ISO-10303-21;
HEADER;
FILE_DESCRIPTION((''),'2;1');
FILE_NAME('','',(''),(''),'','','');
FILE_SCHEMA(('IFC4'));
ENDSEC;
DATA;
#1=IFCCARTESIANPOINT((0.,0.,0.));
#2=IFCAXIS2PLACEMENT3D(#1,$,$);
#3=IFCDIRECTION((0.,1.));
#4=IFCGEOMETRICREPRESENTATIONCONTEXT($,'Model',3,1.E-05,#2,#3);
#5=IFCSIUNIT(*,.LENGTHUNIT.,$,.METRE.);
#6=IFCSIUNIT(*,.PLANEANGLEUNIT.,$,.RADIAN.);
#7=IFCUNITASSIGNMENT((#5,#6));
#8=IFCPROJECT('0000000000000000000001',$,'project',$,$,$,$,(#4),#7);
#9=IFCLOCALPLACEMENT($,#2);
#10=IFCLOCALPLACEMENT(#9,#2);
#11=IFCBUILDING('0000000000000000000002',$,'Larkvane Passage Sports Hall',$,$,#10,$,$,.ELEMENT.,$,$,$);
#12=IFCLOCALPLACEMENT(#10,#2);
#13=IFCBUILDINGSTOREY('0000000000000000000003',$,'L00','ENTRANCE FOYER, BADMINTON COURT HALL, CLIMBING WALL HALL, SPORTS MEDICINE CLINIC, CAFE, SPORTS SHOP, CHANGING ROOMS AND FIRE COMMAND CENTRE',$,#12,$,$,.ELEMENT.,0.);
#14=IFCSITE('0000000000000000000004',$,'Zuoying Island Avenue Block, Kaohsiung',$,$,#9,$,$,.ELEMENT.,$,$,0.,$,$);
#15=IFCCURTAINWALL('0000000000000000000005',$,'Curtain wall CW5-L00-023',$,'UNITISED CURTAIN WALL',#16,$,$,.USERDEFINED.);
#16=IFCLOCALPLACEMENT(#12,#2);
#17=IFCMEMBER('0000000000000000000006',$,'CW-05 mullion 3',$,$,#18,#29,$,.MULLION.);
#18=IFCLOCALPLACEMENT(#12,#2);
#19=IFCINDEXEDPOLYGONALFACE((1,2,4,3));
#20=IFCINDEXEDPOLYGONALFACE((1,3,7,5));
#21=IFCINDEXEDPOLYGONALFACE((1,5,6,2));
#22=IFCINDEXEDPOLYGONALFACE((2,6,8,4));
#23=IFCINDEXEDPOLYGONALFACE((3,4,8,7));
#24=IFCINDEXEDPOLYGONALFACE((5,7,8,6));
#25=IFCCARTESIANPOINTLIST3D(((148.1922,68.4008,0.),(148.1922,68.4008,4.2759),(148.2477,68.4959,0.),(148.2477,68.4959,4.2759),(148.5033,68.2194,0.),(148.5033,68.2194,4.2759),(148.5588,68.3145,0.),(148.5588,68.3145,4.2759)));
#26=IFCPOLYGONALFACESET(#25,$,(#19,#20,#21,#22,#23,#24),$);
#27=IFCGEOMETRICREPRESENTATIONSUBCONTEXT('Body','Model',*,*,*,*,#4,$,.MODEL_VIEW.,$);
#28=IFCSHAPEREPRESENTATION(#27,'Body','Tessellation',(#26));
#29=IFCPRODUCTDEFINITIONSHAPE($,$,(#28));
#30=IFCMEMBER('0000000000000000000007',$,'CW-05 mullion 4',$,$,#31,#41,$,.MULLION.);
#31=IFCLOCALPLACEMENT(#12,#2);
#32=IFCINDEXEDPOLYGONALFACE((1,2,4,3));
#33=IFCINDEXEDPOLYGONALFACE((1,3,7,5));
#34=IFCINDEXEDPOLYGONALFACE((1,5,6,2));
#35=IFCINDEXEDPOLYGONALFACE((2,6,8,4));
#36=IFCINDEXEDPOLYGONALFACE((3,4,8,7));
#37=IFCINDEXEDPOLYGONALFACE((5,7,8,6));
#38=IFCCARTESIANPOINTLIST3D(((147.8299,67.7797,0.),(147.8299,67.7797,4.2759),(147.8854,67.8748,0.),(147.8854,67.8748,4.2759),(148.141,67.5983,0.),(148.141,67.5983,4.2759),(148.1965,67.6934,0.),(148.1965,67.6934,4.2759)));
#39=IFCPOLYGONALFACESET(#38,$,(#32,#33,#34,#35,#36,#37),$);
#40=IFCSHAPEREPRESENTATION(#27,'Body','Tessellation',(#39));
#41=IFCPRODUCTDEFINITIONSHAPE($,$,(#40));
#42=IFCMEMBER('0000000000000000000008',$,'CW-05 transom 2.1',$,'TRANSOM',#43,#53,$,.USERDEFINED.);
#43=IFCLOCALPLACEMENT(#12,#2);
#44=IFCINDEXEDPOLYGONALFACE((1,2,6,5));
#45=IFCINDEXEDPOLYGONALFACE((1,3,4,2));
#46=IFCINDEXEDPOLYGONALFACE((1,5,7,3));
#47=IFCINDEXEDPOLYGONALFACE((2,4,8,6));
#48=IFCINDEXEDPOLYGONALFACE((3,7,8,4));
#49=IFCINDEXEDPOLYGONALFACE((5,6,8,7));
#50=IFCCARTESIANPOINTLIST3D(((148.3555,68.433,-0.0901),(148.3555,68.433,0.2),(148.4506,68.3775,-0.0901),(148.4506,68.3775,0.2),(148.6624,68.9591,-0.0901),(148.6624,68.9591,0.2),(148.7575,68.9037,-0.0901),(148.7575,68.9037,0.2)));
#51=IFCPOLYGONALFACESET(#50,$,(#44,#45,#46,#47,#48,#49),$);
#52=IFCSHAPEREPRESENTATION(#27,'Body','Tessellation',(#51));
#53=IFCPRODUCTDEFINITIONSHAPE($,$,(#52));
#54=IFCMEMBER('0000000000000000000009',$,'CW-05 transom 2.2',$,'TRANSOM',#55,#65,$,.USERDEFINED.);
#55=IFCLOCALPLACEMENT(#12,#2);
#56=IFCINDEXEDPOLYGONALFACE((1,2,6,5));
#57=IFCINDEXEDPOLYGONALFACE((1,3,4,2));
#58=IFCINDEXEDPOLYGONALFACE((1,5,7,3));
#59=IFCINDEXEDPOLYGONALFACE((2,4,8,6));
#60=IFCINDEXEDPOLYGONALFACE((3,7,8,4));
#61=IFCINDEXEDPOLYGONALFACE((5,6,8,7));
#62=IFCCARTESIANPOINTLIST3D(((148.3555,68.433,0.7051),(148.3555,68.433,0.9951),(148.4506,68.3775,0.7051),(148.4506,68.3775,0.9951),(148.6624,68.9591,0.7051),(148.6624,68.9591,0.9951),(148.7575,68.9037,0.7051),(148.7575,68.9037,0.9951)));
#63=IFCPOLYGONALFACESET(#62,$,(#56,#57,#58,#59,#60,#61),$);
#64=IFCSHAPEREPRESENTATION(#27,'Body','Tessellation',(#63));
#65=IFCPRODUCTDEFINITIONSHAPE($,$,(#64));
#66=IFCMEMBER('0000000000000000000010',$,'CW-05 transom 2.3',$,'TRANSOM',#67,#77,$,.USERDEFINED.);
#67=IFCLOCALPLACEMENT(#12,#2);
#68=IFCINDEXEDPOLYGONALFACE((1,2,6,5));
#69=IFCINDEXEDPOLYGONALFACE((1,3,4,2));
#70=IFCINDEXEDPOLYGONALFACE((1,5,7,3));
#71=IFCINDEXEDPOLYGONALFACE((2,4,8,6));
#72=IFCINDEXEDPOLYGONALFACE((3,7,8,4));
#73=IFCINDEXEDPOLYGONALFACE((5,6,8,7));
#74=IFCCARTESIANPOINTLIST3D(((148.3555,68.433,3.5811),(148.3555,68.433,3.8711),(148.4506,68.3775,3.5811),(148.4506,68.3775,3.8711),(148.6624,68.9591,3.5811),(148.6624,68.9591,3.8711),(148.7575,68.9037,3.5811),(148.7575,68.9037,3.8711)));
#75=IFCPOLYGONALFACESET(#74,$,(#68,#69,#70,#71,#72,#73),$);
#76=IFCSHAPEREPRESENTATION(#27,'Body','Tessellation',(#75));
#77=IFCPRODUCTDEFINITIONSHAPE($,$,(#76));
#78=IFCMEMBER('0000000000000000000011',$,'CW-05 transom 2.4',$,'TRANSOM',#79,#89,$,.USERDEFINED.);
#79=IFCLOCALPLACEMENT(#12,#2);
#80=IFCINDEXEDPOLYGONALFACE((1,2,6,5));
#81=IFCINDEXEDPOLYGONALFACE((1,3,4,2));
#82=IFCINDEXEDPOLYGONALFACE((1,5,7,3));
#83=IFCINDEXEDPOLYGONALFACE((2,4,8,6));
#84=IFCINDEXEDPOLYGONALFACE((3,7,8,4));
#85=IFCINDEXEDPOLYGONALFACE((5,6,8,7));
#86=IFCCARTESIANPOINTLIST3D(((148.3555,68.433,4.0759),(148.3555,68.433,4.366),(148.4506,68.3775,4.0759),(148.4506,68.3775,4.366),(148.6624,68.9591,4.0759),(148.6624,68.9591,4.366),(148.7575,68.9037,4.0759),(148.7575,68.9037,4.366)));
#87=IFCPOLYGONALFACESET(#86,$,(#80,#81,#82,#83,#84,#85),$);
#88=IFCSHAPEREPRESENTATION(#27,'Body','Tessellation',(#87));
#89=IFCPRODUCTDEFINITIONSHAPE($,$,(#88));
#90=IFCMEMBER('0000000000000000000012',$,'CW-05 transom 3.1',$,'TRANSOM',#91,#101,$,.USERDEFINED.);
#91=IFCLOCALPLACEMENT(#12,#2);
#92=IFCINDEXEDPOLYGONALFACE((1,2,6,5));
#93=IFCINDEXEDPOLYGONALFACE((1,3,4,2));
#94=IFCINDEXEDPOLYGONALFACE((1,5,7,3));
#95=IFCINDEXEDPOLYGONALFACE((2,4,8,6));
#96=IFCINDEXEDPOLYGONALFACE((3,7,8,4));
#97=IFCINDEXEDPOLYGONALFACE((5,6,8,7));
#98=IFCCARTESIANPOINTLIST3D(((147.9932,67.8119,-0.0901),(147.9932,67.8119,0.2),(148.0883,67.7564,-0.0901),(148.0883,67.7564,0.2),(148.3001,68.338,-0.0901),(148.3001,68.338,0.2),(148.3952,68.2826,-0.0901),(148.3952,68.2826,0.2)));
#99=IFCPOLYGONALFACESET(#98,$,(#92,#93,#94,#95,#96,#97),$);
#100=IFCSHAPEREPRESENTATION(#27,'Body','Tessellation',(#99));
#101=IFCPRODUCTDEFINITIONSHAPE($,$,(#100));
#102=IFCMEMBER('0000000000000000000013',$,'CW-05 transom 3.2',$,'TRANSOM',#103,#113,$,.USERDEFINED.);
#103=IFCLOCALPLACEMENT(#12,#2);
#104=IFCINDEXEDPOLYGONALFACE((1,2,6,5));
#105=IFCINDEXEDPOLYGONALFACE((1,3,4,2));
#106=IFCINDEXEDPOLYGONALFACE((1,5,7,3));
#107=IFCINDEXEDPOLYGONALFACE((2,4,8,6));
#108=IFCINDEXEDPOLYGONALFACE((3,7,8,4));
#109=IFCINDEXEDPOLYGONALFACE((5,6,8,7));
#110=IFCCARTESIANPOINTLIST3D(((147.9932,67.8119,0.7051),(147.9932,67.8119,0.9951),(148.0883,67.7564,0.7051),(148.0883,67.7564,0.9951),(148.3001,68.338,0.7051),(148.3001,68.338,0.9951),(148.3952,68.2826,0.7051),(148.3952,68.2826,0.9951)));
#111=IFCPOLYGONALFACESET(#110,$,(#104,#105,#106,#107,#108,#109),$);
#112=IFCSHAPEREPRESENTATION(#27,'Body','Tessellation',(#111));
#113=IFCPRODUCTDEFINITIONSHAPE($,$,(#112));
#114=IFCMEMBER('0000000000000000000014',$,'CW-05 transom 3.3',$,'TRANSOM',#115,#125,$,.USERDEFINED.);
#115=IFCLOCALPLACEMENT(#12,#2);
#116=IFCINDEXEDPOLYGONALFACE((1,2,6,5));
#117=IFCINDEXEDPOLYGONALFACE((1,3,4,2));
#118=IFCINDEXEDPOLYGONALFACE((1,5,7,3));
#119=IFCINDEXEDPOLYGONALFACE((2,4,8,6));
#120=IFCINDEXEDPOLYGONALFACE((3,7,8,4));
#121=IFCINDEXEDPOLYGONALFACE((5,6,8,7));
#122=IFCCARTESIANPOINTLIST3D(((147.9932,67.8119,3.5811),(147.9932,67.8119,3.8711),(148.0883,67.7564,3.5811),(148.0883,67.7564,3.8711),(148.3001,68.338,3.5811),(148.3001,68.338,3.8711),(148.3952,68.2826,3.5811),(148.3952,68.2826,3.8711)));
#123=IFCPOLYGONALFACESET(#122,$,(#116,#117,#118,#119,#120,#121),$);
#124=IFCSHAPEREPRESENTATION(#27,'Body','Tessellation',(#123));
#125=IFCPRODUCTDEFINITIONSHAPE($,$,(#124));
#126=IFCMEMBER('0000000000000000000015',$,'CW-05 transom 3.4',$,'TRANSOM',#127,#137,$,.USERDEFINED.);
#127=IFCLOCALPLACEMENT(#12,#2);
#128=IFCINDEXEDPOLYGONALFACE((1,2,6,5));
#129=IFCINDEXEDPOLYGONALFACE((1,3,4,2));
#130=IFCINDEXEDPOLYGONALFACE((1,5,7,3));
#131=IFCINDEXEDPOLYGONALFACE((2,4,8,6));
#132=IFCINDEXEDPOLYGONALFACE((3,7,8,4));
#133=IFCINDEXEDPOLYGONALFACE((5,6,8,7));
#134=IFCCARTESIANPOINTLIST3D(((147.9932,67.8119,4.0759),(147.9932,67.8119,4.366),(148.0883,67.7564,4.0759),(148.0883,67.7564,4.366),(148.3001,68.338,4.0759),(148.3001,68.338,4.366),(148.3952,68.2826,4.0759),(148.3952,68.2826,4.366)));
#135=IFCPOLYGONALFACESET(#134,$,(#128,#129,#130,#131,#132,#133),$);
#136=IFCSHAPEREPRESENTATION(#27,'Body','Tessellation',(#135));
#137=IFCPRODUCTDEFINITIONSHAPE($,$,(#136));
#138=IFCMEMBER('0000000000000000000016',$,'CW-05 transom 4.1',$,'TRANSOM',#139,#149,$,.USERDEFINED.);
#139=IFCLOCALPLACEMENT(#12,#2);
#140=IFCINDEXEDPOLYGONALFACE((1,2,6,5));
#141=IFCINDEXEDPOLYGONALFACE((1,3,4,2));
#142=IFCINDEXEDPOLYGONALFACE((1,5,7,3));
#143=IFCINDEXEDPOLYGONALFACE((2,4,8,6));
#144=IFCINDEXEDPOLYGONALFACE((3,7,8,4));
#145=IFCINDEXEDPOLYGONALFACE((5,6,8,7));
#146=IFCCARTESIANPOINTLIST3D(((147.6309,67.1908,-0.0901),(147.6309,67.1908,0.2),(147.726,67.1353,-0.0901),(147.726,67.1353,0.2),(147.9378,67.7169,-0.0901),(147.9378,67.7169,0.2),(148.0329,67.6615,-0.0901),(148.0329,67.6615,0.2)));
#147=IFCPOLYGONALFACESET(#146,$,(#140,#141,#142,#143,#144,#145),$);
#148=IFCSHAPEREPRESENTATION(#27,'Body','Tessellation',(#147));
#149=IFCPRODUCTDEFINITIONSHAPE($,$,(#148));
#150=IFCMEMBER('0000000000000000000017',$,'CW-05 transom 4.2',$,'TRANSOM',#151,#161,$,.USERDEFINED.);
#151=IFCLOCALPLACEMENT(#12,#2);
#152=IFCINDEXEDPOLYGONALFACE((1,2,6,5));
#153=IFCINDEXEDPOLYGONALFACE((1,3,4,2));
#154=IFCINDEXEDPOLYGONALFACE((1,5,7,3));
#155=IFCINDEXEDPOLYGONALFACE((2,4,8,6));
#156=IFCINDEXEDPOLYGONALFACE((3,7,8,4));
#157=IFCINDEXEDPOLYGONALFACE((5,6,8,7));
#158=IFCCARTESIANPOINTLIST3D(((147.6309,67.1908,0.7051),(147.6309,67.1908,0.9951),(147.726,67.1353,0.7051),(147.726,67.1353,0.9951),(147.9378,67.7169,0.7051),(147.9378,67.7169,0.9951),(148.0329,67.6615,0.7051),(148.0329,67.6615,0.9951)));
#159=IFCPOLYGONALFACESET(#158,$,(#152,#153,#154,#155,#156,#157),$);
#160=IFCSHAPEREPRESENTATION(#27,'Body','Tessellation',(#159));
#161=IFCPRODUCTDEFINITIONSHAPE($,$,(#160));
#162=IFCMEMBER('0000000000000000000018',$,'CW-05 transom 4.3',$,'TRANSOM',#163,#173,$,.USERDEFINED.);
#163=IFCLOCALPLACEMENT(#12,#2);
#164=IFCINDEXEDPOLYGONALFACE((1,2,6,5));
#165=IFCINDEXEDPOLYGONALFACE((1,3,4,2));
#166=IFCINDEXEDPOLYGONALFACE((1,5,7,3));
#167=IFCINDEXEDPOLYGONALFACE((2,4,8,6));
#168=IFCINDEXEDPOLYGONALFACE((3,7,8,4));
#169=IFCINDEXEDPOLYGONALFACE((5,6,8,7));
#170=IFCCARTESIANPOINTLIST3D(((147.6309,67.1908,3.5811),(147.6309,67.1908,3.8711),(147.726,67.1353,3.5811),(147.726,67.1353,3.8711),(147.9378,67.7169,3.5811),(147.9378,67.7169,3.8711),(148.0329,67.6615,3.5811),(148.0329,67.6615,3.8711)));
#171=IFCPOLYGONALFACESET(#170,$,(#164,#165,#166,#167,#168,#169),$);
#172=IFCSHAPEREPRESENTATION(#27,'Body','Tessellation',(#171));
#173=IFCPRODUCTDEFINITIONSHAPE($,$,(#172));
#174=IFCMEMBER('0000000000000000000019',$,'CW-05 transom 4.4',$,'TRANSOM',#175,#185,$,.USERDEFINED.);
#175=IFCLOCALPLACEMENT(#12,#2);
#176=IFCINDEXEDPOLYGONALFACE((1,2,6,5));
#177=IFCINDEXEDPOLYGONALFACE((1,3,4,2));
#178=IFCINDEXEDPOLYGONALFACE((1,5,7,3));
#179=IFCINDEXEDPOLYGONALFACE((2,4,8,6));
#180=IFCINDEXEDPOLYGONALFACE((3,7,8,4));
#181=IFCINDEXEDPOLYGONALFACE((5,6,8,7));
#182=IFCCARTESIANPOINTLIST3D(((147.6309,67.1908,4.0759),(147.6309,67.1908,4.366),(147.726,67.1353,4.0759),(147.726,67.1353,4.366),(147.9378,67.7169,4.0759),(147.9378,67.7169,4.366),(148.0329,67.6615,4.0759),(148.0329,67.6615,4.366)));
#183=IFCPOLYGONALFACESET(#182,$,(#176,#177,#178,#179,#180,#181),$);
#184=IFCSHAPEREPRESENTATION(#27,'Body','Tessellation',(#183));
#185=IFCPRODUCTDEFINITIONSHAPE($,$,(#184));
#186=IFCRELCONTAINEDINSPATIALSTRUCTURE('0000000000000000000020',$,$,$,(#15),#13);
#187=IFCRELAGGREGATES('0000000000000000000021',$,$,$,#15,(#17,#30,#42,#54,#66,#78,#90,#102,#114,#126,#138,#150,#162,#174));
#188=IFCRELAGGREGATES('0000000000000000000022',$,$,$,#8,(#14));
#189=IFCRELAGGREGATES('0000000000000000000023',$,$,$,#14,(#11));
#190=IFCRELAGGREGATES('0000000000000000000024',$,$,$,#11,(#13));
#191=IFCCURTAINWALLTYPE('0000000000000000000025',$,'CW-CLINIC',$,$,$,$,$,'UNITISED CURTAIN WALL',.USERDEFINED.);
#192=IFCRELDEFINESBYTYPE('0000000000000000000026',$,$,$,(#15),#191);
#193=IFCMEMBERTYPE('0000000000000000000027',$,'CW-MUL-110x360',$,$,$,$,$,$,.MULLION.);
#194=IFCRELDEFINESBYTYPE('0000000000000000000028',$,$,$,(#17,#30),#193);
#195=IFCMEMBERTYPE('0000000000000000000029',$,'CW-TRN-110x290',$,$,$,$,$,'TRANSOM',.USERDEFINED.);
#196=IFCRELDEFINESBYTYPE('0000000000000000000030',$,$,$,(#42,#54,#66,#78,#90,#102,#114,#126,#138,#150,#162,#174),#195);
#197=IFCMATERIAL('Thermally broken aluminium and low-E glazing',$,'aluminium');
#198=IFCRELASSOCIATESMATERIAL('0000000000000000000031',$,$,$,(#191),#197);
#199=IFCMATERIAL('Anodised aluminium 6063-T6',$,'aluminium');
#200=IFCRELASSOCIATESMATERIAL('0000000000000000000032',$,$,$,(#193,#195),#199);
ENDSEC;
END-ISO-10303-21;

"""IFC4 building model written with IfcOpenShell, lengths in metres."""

from ifc_helpers import new_model, si_unit, direction, frame, origin, origin_2d, place, context, subcontext, project, spatial, rectangle, extrude, material, material_profile, profile_set, type_object, element, aggregate, save


model = new_model("IFC4")

# Units and contexts
model_context = context("Model", 3, precision=1e-05, world=origin(), true_north=direction((0.0, 1.0)))
body_context = subcontext(model_context, "Body", "Model", "MODEL_VIEW")
ifc_project = project(units=[si_unit("LENGTHUNIT", "METRE"), si_unit("PLANEANGLEUNIT", "RADIAN")], contexts=[model_context])

# Site, building, storey
site_placement = place(None, origin())
site = spatial("IfcSite", under=ifc_project, at=site_placement, Name="Zuoying Island Avenue Block, Kaohsiung", CompositionType="ELEMENT", RefElevation=0.0)
building_placement = place(site_placement, origin())
building = spatial("IfcBuilding", under=site, at=building_placement, Name="Larkvane Passage Sports Hall", CompositionType="ELEMENT")
storey_placement = place(building_placement, origin())
storey = spatial("IfcBuildingStorey", under=building, at=storey_placement, Name="L00", Description="ENTRANCE FOYER, BADMINTON COURT HALL, CLIMBING WALL HALL, SPORTS MEDICINE CLINIC, CAFE, SPORTS SHOP, CHANGING ROOMS AND FIRE COMMAND CENTRE", CompositionType="ELEMENT", Elevation=0.0)

# Curtain wall, members
ifc_material_1 = material(Name="Thermally broken aluminium and low-E glazing", Category="aluminium")
curtain_wall_type = type_object("IfcCurtainWallType", Name="CW-CLINIC", ElementType="UNITISED CURTAIN WALL", PredefinedType="USERDEFINED", material=ifc_material_1)
curtain_wall_placement = place(storey_placement, origin())
curtain_wall = element("IfcCurtainWall", 1, at=curtain_wall_placement, inside=storey, type_object=curtain_wall_type, Name="Curtain wall CW5-L00-023", ObjectType="UNITISED CURTAIN WALL", PredefinedType="USERDEFINED")
ifc_material_2 = material(Name="Anodised aluminium 6063-T6", Category="aluminium")
ifc_material_profile_1 = material_profile(ifc_material_2, rectangle(XDim=0.1101, YDim=0.3601, at=origin_2d()), Name="ALU-MUL-110x360")
ifc_profile_set_1 = profile_set([ifc_material_profile_1], Name="Anodised aluminium 6063-T6")
member_type_1 = type_object("IfcMemberType", Name="CW-MUL-110x360", PredefinedType="MULLION", material=ifc_profile_set_1)
member_1_placement = place(storey_placement, frame((148.3755, 68.3577, 0.0), z_axis=(0.0, 0.0, 1.0), x_axis=(-0.503867, -0.863781, 0.0)))
member_1 = element("IfcMember", 2, at=member_1_placement, type_object=member_type_1, Name="CW-05 mullion 3", PredefinedType="MULLION", context=body_context, shape_type="SweptSolid", body=[
    extrude(rectangle(XDim=0.1101, YDim=0.3601, at=origin_2d()), origin(), (0.0, 0.0, 1.0), 4.2759),
])
member_2_placement = place(storey_placement, frame((148.0132, 67.7366, 0.0), z_axis=(0.0, 0.0, 1.0), x_axis=(-0.503867, -0.863781, 0.0)))
member_2 = element("IfcMember", 3, at=member_2_placement, type_object=member_type_1, Name="CW-05 mullion 4", PredefinedType="MULLION", context=body_context, shape_type="SweptSolid", body=[
    extrude(rectangle(XDim=0.1101, YDim=0.3601, at=origin_2d()), origin(), (0.0, 0.0, 1.0), 4.2759),
])
ifc_material_profile_2 = material_profile(ifc_material_2, rectangle(XDim=0.1101, YDim=0.29, at=origin_2d()), Name="ALU-TRN-110x290")
ifc_profile_set_2 = profile_set([ifc_material_profile_2], Name="Anodised aluminium 6063-T6")
member_type_2 = type_object("IfcMemberType", Name="CW-TRN-110x290", ElementType="TRANSOM", PredefinedType="USERDEFINED", material=ifc_profile_set_2)
member_3_placement = place(storey_placement, frame((148.71, 68.9314, 0.0549), z_axis=(-0.503846, -0.863793, 0.0), x_axis=(0.863793, -0.503846, 0.0)))
member_3 = element("IfcMember", 4, at=member_3_placement, type_object=member_type_2, Name="CW-05 transom 2.1", ObjectType="TRANSOM", PredefinedType="USERDEFINED", context=body_context, shape_type="SweptSolid", body=[
    extrude(rectangle(XDim=0.1101, YDim=0.29, at=origin_2d()), origin(), (0.0, 0.0, 1.0), 0.6091),
])
member_4_placement = place(storey_placement, frame((148.71, 68.9314, 0.8501), z_axis=(-0.503846, -0.863793, 0.0), x_axis=(0.863793, -0.503846, 0.0)))
member_4 = element("IfcMember", 5, at=member_4_placement, type_object=member_type_2, Name="CW-05 transom 2.2", ObjectType="TRANSOM", PredefinedType="USERDEFINED", context=body_context, shape_type="SweptSolid", body=[
    extrude(rectangle(XDim=0.1101, YDim=0.29, at=origin_2d()), origin(), (0.0, 0.0, 1.0), 0.6091),
])
member_5_placement = place(storey_placement, frame((148.71, 68.9314, 3.7261), z_axis=(-0.503846, -0.863793, 0.0), x_axis=(0.863793, -0.503846, 0.0)))
member_5 = element("IfcMember", 6, at=member_5_placement, type_object=member_type_2, Name="CW-05 transom 2.3", ObjectType="TRANSOM", PredefinedType="USERDEFINED", context=body_context, shape_type="SweptSolid", body=[
    extrude(rectangle(XDim=0.1101, YDim=0.29, at=origin_2d()), origin(), (0.0, 0.0, 1.0), 0.6091),
])
member_6_placement = place(storey_placement, frame((148.71, 68.9314, 4.2209), z_axis=(-0.503846, -0.863793, 0.0), x_axis=(0.863793, -0.503846, 0.0)))
member_6 = element("IfcMember", 7, at=member_6_placement, type_object=member_type_2, Name="CW-05 transom 2.4", ObjectType="TRANSOM", PredefinedType="USERDEFINED", context=body_context, shape_type="SweptSolid", body=[
    extrude(rectangle(XDim=0.1101, YDim=0.29, at=origin_2d()), origin(), (0.0, 0.0, 1.0), 0.6091),
])
member_7_placement = place(storey_placement, frame((148.3477, 68.3103, 0.0549), z_axis=(-0.503846, -0.863793, 0.0), x_axis=(0.863793, -0.503846, 0.0)))
member_7 = element("IfcMember", 8, at=member_7_placement, type_object=member_type_2, Name="CW-05 transom 3.1", ObjectType="TRANSOM", PredefinedType="USERDEFINED", context=body_context, shape_type="SweptSolid", body=[
    extrude(rectangle(XDim=0.1101, YDim=0.29, at=origin_2d()), origin(), (0.0, 0.0, 1.0), 0.6091),
])
member_8_placement = place(storey_placement, frame((148.3477, 68.3103, 0.8501), z_axis=(-0.503846, -0.863793, 0.0), x_axis=(0.863793, -0.503846, 0.0)))
member_8 = element("IfcMember", 9, at=member_8_placement, type_object=member_type_2, Name="CW-05 transom 3.2", ObjectType="TRANSOM", PredefinedType="USERDEFINED", context=body_context, shape_type="SweptSolid", body=[
    extrude(rectangle(XDim=0.1101, YDim=0.29, at=origin_2d()), origin(), (0.0, 0.0, 1.0), 0.6091),
])
member_9_placement = place(storey_placement, frame((148.3477, 68.3103, 3.7261), z_axis=(-0.503846, -0.863793, 0.0), x_axis=(0.863793, -0.503846, 0.0)))
member_9 = element("IfcMember", 10, at=member_9_placement, type_object=member_type_2, Name="CW-05 transom 3.3", ObjectType="TRANSOM", PredefinedType="USERDEFINED", context=body_context, shape_type="SweptSolid", body=[
    extrude(rectangle(XDim=0.1101, YDim=0.29, at=origin_2d()), origin(), (0.0, 0.0, 1.0), 0.6091),
])
member_10_placement = place(storey_placement, frame((148.3477, 68.3103, 4.2209), z_axis=(-0.503846, -0.863793, 0.0), x_axis=(0.863793, -0.503846, 0.0)))
member_10 = element("IfcMember", 11, at=member_10_placement, type_object=member_type_2, Name="CW-05 transom 3.4", ObjectType="TRANSOM", PredefinedType="USERDEFINED", context=body_context, shape_type="SweptSolid", body=[
    extrude(rectangle(XDim=0.1101, YDim=0.29, at=origin_2d()), origin(), (0.0, 0.0, 1.0), 0.6091),
])
member_11_placement = place(storey_placement, frame((147.9854, 67.6892, 0.0549), z_axis=(-0.503846, -0.863793, 0.0), x_axis=(0.863793, -0.503846, 0.0)))
member_11 = element("IfcMember", 12, at=member_11_placement, type_object=member_type_2, Name="CW-05 transom 4.1", ObjectType="TRANSOM", PredefinedType="USERDEFINED", context=body_context, shape_type="SweptSolid", body=[
    extrude(rectangle(XDim=0.1101, YDim=0.29, at=origin_2d()), origin(), (0.0, 0.0, 1.0), 0.6091),
])
member_12_placement = place(storey_placement, frame((147.9854, 67.6892, 0.8501), z_axis=(-0.503846, -0.863793, 0.0), x_axis=(0.863793, -0.503846, 0.0)))
member_12 = element("IfcMember", 13, at=member_12_placement, type_object=member_type_2, Name="CW-05 transom 4.2", ObjectType="TRANSOM", PredefinedType="USERDEFINED", context=body_context, shape_type="SweptSolid", body=[
    extrude(rectangle(XDim=0.1101, YDim=0.29, at=origin_2d()), origin(), (0.0, 0.0, 1.0), 0.6091),
])
member_13_placement = place(storey_placement, frame((147.9854, 67.6892, 3.7261), z_axis=(-0.503846, -0.863793, 0.0), x_axis=(0.863793, -0.503846, 0.0)))
member_13 = element("IfcMember", 14, at=member_13_placement, type_object=member_type_2, Name="CW-05 transom 4.3", ObjectType="TRANSOM", PredefinedType="USERDEFINED", context=body_context, shape_type="SweptSolid", body=[
    extrude(rectangle(XDim=0.1101, YDim=0.29, at=origin_2d()), origin(), (0.0, 0.0, 1.0), 0.6091),
])
member_14_placement = place(storey_placement, frame((147.9854, 67.6892, 4.2209), z_axis=(-0.503846, -0.863793, 0.0), x_axis=(0.863793, -0.503846, 0.0)))
member_14 = element("IfcMember", 15, at=member_14_placement, type_object=member_type_2, Name="CW-05 transom 4.4", ObjectType="TRANSOM", PredefinedType="USERDEFINED", context=body_context, shape_type="SweptSolid", body=[
    extrude(rectangle(XDim=0.1101, YDim=0.29, at=origin_2d()), origin(), (0.0, 0.0, 1.0), 0.6091),
])
aggregate(curtain_wall, [member_1, member_2, member_3, member_4, member_5, member_6, member_7, member_8, member_9, member_10, member_11, member_12, member_13, member_14])

save(model, "model.ifc")
